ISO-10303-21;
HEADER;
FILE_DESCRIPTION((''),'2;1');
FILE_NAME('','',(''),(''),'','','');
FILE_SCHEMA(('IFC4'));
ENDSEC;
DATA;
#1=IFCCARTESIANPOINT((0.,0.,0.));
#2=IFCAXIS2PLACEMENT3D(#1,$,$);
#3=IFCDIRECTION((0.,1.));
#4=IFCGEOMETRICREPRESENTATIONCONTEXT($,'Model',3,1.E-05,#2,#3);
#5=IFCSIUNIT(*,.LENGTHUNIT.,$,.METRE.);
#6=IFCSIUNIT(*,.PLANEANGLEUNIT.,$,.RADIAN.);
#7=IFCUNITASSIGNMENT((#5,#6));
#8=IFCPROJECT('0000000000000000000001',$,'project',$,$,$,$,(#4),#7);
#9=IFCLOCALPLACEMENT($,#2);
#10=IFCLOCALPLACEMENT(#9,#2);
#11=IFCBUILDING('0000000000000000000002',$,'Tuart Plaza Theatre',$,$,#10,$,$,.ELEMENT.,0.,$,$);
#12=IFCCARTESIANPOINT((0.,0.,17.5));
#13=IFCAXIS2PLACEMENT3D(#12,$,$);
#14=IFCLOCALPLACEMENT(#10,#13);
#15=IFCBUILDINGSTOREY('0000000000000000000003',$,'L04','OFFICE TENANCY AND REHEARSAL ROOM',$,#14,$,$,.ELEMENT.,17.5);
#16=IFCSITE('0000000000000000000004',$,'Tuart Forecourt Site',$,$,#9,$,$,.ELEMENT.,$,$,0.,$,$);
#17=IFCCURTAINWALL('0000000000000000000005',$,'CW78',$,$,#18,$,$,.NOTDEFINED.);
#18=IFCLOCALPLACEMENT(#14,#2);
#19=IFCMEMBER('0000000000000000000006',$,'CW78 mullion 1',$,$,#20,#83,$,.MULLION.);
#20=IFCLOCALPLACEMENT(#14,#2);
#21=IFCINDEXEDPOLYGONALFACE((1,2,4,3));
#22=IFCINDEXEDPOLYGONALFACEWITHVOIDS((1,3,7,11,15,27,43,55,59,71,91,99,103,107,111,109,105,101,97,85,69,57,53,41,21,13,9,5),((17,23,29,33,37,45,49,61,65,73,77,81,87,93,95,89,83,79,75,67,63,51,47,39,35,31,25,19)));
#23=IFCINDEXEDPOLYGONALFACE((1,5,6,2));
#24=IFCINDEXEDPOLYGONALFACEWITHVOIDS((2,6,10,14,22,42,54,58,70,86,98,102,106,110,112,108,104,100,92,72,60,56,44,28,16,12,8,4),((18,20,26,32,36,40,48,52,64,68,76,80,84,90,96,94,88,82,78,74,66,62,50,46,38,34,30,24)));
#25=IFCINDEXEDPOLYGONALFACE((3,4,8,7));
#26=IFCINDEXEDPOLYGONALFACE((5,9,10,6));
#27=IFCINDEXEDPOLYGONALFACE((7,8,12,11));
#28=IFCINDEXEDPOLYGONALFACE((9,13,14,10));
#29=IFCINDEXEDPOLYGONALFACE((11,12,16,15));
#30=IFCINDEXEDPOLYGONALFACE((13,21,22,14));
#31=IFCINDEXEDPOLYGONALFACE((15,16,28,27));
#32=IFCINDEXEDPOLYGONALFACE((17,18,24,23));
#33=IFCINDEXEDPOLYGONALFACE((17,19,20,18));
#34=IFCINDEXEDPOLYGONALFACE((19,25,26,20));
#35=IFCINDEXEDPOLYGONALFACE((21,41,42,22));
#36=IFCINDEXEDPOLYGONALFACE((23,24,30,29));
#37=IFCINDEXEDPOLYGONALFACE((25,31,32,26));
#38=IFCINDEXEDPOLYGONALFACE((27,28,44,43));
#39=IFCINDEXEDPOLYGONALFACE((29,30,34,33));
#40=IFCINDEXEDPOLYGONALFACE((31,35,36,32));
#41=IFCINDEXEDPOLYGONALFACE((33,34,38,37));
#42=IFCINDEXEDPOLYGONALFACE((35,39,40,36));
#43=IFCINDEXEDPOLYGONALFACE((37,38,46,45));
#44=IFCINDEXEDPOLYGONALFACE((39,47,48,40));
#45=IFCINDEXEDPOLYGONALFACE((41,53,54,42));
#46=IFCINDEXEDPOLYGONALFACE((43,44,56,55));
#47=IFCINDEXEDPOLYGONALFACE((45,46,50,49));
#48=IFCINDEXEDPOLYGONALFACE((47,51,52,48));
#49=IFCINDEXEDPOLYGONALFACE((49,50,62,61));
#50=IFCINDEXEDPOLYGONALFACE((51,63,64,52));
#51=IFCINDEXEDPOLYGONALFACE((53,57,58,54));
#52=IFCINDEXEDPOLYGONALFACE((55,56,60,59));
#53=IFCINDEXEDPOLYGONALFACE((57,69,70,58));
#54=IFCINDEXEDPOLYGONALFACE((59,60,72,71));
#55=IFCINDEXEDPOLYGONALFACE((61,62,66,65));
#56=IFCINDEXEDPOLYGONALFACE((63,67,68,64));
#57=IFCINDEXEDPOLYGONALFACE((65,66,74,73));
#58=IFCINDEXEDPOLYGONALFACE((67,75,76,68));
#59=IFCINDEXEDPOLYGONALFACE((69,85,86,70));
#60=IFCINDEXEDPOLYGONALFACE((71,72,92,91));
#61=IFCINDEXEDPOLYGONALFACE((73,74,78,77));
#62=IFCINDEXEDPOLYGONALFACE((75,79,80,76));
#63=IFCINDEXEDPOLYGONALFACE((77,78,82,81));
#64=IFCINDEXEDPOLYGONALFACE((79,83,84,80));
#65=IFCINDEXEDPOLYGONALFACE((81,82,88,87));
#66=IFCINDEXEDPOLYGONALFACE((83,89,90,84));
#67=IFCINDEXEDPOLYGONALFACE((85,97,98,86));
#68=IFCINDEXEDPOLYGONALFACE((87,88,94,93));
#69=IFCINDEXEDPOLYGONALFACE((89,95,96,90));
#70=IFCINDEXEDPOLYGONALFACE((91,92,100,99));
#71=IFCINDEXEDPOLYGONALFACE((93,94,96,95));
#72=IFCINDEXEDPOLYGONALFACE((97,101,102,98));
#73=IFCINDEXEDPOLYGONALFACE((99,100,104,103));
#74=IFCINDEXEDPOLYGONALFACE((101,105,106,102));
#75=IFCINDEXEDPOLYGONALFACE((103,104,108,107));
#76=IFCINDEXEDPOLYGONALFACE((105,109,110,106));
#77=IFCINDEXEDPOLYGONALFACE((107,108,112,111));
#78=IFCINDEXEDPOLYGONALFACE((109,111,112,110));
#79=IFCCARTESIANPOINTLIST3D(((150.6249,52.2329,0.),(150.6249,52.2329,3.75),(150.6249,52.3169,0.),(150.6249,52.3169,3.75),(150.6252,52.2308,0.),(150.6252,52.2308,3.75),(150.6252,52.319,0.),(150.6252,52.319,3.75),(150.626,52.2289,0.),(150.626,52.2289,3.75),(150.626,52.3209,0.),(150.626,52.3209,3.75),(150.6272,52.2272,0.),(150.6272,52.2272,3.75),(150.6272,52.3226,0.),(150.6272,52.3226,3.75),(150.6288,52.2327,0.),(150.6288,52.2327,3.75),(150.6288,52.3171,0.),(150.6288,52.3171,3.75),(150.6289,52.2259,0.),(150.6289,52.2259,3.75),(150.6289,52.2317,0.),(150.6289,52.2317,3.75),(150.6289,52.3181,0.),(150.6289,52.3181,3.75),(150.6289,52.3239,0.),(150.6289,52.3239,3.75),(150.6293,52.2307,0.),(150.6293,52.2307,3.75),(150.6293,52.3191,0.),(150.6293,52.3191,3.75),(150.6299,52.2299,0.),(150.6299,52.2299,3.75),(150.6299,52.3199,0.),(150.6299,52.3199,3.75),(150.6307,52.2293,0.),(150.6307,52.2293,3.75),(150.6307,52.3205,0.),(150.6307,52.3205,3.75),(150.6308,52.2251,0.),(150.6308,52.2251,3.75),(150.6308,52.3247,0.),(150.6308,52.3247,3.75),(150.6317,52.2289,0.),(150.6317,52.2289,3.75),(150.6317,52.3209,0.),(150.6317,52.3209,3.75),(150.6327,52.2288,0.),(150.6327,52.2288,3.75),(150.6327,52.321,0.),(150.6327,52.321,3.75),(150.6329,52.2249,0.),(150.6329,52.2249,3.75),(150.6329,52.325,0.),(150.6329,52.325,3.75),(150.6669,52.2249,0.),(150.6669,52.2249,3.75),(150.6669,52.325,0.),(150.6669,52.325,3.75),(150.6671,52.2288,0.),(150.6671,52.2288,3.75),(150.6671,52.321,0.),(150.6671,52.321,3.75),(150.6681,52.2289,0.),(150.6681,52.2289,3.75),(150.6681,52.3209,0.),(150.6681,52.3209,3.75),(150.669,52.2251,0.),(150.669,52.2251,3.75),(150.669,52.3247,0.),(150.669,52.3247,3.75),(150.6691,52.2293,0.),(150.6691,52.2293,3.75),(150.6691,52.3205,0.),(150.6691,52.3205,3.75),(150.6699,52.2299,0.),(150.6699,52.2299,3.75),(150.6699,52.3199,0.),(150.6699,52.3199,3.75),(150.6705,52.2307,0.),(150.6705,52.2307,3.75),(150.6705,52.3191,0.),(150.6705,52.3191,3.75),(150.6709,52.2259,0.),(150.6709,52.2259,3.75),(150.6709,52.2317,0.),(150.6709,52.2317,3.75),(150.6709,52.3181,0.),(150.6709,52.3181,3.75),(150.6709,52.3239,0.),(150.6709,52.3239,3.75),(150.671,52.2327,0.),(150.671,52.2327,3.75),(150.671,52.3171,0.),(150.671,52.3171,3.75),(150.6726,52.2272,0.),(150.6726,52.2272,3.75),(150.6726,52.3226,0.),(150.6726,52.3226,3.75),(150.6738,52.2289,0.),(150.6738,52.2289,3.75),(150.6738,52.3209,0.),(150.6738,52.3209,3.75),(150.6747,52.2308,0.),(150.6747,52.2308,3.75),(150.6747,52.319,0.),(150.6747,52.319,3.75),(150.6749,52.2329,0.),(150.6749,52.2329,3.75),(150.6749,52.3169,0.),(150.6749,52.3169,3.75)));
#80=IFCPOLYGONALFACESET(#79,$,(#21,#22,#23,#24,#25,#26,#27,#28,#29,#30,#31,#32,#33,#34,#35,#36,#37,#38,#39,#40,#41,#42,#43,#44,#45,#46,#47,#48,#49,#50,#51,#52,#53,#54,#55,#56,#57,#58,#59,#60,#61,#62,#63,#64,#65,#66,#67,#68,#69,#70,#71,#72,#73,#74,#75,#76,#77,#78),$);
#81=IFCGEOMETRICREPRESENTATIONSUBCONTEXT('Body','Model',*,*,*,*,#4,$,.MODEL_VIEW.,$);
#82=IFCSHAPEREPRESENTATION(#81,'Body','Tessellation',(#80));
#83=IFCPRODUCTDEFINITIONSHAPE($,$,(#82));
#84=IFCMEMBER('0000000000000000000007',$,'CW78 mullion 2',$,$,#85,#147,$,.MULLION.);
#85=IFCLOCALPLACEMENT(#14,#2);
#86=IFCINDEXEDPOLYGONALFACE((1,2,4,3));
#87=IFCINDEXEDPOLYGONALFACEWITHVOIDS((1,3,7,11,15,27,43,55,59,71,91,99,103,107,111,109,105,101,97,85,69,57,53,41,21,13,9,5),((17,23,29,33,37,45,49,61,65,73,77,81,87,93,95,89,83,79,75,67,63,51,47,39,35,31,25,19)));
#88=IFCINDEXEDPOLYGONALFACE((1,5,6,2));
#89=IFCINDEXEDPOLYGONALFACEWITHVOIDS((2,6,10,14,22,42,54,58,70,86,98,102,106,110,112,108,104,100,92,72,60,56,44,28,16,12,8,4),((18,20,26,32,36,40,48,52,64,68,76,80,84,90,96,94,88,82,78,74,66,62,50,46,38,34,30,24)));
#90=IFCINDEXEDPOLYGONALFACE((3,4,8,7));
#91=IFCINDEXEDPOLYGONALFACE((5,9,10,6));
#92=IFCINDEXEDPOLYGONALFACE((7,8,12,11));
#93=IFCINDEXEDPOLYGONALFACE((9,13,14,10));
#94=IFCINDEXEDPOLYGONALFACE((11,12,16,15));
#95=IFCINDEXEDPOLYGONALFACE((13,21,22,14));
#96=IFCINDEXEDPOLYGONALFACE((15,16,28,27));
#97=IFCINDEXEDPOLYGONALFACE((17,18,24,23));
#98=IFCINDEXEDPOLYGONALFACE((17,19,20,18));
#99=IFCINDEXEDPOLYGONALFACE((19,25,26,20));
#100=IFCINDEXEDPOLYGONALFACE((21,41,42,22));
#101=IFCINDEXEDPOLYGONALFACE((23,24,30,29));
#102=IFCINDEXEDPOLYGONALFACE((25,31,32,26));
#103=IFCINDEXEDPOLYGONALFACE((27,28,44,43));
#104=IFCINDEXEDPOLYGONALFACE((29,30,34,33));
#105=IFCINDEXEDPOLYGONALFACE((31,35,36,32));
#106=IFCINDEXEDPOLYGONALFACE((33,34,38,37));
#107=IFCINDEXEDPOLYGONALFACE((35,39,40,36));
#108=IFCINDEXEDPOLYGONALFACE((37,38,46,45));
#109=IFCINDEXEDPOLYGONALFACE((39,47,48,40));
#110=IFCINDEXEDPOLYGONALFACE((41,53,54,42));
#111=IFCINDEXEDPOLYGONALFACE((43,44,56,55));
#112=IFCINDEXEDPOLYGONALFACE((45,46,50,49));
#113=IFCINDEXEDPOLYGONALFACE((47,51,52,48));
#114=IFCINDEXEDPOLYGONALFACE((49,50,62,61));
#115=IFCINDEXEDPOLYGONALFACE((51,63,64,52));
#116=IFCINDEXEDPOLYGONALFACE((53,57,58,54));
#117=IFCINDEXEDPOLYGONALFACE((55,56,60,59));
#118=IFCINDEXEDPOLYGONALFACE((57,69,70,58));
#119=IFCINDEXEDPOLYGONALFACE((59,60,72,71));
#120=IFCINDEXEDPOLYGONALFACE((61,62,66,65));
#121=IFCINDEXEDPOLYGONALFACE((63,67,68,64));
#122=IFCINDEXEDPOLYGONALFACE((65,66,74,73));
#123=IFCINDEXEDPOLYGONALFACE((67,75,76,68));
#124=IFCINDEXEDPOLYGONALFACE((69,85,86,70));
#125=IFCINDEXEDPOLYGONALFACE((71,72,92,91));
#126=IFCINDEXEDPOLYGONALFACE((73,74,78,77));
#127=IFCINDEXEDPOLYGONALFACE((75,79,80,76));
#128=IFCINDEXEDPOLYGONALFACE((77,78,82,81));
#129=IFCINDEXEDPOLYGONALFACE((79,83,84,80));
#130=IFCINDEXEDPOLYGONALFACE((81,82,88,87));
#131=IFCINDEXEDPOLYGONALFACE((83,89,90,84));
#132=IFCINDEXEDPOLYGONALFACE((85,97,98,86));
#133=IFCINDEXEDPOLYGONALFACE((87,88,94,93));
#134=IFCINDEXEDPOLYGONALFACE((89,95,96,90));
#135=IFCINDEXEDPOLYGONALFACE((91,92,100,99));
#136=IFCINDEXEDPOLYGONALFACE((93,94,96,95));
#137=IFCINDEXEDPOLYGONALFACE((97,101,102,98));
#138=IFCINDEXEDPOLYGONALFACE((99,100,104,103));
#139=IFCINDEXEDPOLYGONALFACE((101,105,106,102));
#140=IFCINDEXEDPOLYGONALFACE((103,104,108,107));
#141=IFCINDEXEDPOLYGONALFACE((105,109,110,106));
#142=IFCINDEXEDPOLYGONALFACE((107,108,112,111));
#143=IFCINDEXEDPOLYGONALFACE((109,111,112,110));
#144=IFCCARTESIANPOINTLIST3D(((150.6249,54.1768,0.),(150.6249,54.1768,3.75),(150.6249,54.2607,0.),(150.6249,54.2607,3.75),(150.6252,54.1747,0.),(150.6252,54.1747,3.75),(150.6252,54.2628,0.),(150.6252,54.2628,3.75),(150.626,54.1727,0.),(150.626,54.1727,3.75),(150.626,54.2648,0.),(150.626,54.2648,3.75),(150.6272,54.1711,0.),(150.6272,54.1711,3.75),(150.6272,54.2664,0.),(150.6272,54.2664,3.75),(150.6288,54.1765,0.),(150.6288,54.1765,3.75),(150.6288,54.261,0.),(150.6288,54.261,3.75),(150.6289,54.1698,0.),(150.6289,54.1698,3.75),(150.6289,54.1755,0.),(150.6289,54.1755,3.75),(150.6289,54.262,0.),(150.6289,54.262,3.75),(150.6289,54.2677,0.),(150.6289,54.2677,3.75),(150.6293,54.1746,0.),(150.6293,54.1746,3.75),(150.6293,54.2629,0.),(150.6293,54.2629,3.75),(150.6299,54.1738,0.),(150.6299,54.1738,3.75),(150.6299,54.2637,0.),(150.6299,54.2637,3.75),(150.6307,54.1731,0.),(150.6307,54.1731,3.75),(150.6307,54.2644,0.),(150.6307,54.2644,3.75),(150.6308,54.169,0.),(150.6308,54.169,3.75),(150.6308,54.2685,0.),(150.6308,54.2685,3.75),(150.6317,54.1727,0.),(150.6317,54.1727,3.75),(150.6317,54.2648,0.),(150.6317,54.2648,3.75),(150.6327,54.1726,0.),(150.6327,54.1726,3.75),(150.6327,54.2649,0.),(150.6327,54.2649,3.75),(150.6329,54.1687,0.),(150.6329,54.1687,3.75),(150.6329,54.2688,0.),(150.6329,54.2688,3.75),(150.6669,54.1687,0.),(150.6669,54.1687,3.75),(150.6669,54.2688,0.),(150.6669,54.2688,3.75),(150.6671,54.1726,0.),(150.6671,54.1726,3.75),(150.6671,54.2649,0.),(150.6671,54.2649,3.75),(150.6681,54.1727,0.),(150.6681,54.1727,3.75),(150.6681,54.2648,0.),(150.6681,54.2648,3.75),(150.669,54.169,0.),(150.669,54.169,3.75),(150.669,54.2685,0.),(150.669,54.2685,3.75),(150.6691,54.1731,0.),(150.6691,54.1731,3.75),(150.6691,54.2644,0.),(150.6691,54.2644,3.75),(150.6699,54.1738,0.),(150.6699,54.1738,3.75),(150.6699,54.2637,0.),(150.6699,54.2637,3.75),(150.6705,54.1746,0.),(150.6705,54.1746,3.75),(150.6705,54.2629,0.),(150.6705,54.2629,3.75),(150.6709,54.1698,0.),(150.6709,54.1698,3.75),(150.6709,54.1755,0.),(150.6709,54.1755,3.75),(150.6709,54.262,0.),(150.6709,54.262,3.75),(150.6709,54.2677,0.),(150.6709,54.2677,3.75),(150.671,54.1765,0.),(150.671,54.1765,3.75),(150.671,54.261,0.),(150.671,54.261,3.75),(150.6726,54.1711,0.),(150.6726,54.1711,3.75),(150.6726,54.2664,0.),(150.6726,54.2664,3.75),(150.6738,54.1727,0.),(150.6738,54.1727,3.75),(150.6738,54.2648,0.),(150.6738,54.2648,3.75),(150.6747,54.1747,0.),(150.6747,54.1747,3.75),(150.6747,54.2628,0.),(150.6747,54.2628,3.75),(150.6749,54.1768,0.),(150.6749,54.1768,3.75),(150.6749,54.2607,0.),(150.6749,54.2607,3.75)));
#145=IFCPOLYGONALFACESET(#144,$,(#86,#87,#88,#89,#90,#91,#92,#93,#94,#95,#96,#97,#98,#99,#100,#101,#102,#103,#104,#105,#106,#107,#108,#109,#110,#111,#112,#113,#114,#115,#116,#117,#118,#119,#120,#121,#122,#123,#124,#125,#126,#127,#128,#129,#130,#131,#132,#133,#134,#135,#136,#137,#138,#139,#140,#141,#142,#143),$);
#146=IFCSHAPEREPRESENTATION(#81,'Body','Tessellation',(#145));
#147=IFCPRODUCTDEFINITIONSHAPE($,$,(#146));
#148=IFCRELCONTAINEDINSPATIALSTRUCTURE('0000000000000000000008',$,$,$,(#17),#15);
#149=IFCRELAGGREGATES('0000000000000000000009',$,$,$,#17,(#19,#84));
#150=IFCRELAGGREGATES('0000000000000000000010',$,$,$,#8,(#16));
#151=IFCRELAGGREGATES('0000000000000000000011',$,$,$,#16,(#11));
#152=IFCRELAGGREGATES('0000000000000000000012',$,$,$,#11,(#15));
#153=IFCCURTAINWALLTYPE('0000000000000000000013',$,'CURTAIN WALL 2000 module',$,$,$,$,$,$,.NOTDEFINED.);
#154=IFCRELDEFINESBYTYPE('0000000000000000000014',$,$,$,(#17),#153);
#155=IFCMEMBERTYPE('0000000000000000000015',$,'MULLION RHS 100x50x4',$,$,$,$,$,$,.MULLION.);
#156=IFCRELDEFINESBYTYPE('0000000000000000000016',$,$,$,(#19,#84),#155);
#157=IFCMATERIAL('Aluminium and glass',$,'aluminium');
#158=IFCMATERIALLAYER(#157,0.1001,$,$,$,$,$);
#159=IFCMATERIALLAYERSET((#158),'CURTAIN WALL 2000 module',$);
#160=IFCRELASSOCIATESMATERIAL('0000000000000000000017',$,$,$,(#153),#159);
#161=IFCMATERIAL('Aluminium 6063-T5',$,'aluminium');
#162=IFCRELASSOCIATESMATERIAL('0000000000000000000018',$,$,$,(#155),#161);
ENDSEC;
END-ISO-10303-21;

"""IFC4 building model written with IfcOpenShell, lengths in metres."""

from ifc_helpers import new_model, si_unit, direction, frame, origin, origin_2d, place, context, subcontext, project, spatial, hollow_rectangle, extrude, material, layer, layer_set, material_profile, profile_set, type_object, element, aggregate, save


model = new_model("IFC4")

# Units and contexts
model_context = context("Model", 3, precision=1e-05, world=origin(), true_north=direction((0.0, 1.0)))
body_context = subcontext(model_context, "Body", "Model", "MODEL_VIEW")
ifc_project = project(units=[si_unit("LENGTHUNIT", "METRE"), si_unit("PLANEANGLEUNIT", "RADIAN")], contexts=[model_context])

# Site, building, storey
site_placement = place(None, origin())
site = spatial("IfcSite", under=ifc_project, at=site_placement, Name="Tuart Forecourt Site", CompositionType="ELEMENT", RefElevation=0.0)
building_placement = place(site_placement, origin())
building = spatial("IfcBuilding", under=site, at=building_placement, Name="Tuart Plaza Theatre", CompositionType="ELEMENT", ElevationOfRefHeight=0.0)
storey_placement = place(building_placement, frame((0.0, 0.0, 17.5)))
storey = spatial("IfcBuildingStorey", under=building, at=storey_placement, Name="L04", Description="OFFICE TENANCY AND REHEARSAL ROOM", CompositionType="ELEMENT", Elevation=17.5)

# Curtain wall, members
ifc_material_1 = material(Name="Aluminium and glass", Category="aluminium")
ifc_layer_1 = layer(ifc_material_1, 0.1001)
ifc_layer_set_1 = layer_set([ifc_layer_1], Name="CURTAIN WALL 2000 module")
curtain_wall_type = type_object("IfcCurtainWallType", Name="CURTAIN WALL 2000 module", PredefinedType="NOTDEFINED", material=ifc_layer_set_1)
ifc_material_2 = material(Name="Aluminium 6063-T5", Category="aluminium")
ifc_material_profile_1 = material_profile(ifc_material_2, hollow_rectangle(XDim=0.05, YDim=0.1001, WallThickness=0.0039, InnerFilletRadius=0.0039, OuterFilletRadius=0.0081, at=origin_2d()), Name="RHS 100x50x4")
ifc_profile_set_1 = profile_set([ifc_material_profile_1], Name="Aluminium 6063-T5")
member_type_1 = type_object("IfcMemberType", Name="MULLION RHS 100x50x4", PredefinedType="MULLION", material=ifc_profile_set_1)
curtain_wall_1_placement = place(storey_placement, origin())
curtain_wall_1 = element("IfcCurtainWall", 1, at=curtain_wall_1_placement, inside=storey, type_object=curtain_wall_type, Name="CW78", PredefinedType="NOTDEFINED")
member_1_placement = place(storey_placement, frame((150.6499, 52.2749, 0.0), z_axis=(0.0, 0.0, 1.0), x_axis=(-1.0, 0.0, 0.0)))
member_1 = element("IfcMember", 2, at=member_1_placement, type_object=member_type_1, Name="CW78 mullion 1", PredefinedType="MULLION", context=body_context, shape_type="SweptSolid", body=[
    extrude(hollow_rectangle(XDim=0.05, YDim=0.1001, WallThickness=0.0039, InnerFilletRadius=0.0039, OuterFilletRadius=0.0081, at=origin_2d()), origin(), (0.0, 0.0, 1.0), 3.75),
])
member_2_placement = place(storey_placement, frame((150.6499, 54.2188, 0.0), z_axis=(0.0, 0.0, 1.0), x_axis=(-1.0, 0.0, 0.0)))
member_2 = element("IfcMember", 3, at=member_2_placement, type_object=member_type_1, Name="CW78 mullion 2", PredefinedType="MULLION", context=body_context, shape_type="SweptSolid", body=[
    extrude(hollow_rectangle(XDim=0.05, YDim=0.1001, WallThickness=0.0039, InnerFilletRadius=0.0039, OuterFilletRadius=0.0081, at=origin_2d()), origin(), (0.0, 0.0, 1.0), 3.75),
])

aggregate(curtain_wall_1, [member_1, member_2])

save(model, "model.ifc")
